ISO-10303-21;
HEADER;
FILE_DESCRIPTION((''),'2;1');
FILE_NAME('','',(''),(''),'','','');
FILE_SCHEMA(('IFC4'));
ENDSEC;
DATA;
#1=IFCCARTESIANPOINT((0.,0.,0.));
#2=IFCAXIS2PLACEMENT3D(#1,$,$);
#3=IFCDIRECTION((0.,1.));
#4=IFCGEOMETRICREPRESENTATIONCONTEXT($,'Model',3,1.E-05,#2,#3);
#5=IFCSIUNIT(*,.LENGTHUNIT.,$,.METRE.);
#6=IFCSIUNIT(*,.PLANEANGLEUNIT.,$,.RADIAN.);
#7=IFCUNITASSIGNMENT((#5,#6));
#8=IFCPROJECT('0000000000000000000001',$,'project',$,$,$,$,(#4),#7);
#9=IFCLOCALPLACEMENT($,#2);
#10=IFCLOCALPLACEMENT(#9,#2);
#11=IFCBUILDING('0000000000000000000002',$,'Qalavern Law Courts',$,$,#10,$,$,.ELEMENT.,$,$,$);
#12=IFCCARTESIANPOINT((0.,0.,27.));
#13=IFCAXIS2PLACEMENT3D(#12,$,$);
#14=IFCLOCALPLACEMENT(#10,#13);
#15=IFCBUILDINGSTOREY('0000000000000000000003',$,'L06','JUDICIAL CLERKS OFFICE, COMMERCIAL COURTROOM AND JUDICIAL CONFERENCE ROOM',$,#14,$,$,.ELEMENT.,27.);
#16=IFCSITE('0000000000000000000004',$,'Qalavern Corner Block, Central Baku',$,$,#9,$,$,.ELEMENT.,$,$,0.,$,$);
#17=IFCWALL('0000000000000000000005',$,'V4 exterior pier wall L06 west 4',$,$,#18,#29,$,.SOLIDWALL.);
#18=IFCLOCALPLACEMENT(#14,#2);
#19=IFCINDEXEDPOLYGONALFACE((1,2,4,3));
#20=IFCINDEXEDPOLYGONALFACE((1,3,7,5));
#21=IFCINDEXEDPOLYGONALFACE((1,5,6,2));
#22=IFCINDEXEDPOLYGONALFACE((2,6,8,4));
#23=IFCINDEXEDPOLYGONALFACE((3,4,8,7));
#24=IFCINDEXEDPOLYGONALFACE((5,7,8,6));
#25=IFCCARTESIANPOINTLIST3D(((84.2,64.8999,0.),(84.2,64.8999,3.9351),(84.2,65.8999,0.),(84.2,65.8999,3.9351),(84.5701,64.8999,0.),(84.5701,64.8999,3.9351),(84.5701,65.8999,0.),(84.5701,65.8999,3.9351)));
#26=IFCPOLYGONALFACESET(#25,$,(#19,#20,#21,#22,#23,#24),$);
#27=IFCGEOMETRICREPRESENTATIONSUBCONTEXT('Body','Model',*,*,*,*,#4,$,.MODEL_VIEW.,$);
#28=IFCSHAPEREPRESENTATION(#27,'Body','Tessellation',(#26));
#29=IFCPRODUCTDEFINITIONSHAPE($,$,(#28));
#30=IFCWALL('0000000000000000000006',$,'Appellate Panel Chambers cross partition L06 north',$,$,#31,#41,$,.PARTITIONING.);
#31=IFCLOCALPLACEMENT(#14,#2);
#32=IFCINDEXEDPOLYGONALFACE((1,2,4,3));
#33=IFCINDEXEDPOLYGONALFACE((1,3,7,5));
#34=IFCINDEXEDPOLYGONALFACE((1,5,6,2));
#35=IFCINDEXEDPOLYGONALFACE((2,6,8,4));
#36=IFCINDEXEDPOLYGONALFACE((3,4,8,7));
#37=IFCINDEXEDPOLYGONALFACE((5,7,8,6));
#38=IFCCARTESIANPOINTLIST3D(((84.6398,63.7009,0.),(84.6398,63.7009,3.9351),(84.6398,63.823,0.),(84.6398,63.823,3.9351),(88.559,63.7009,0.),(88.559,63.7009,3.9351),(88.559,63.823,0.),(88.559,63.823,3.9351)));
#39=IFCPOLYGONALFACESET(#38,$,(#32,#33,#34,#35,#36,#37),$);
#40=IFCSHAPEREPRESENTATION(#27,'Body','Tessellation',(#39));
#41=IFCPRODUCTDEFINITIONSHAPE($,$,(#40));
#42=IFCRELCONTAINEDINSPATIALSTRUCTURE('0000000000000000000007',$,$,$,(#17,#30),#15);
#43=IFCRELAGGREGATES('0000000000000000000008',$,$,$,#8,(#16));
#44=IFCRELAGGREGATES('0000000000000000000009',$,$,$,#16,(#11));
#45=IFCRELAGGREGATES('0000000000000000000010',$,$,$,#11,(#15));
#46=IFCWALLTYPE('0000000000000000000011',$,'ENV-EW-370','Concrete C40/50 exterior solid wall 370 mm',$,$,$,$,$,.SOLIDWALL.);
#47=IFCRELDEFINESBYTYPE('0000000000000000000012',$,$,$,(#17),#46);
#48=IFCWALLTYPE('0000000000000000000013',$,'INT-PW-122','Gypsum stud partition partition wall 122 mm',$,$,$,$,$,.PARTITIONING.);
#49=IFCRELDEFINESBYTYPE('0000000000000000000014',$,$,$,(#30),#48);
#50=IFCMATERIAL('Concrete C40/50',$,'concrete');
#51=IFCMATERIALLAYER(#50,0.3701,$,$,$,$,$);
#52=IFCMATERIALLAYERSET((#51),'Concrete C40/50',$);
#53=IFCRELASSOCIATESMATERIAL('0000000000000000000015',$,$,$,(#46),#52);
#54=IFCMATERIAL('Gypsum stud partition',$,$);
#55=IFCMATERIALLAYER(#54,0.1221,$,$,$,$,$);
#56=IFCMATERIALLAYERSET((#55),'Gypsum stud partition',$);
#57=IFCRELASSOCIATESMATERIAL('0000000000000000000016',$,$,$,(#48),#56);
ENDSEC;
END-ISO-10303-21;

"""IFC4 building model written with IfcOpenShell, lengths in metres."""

from ifc_helpers import new_model, si_unit, direction, frame, frame_2d, origin, place, context, subcontext, project, spatial, rectangle, extrude, material, layer, layer_set, type_object, element, save


model = new_model("IFC4")

# Units and contexts
model_context = context("Model", 3, precision=1e-05, world=origin(), true_north=direction((0.0, 1.0)))
body_context = subcontext(model_context, "Body", "Model", "MODEL_VIEW")
ifc_project = project(units=[si_unit("LENGTHUNIT", "METRE"), si_unit("PLANEANGLEUNIT", "RADIAN")], contexts=[model_context])

# Site, building, storey
site_placement = place(None, origin())
site = spatial("IfcSite", under=ifc_project, at=site_placement, Name="Qalavern Corner Block, Central Baku", CompositionType="ELEMENT", RefElevation=0.0)
building_placement = place(site_placement, origin())
building = spatial("IfcBuilding", under=site, at=building_placement, Name="Qalavern Law Courts", CompositionType="ELEMENT")
storey_placement = place(building_placement, frame((0.0, 0.0, 27.0)))
storey = spatial("IfcBuildingStorey", under=building, at=storey_placement, Name="L06", Description="JUDICIAL CLERKS OFFICE, COMMERCIAL COURTROOM AND JUDICIAL CONFERENCE ROOM", CompositionType="ELEMENT", Elevation=27.0)

# Shared definitions
ifc_material_1 = material(Name="Concrete C40/50", Category="concrete")

# Walls
ifc_layer_1 = layer(ifc_material_1, 0.3701)
ifc_layer_set_1 = layer_set([ifc_layer_1], Name="Concrete C40/50")
wall_type_1 = type_object("IfcWallType", Name="ENV-EW-370", Description="Concrete C40/50 exterior solid wall 370 mm", PredefinedType="SOLIDWALL", material=ifc_layer_set_1)
wall_1_placement = place(storey_placement, frame((84.385, 65.8999, 0.0), z_axis=(0.0, 0.0, 1.0), x_axis=(0.0, -1.0, 0.0)))
element("IfcWall", 1, at=wall_1_placement, inside=storey, type_object=wall_type_1, Name="V4 exterior pier wall L06 west 4", PredefinedType="SOLIDWALL", context=body_context, shape_type="SweptSolid", body=[
    extrude(rectangle(XDim=1.0, YDim=0.3701, at=frame_2d((0.5, 0.0))), origin(), (0.0, 0.0, 1.0), 3.9351),
])
ifc_material_2 = material(Name="Gypsum stud partition")
ifc_layer_2 = layer(ifc_material_2, 0.1221)
ifc_layer_set_2 = layer_set([ifc_layer_2], Name="Gypsum stud partition")
wall_type_2 = type_object("IfcWallType", Name="INT-PW-122", Description="Gypsum stud partition partition wall 122 mm", PredefinedType="PARTITIONING", material=ifc_layer_set_2)
wall_2_placement = place(storey_placement, frame((84.6399, 63.762, 0.0), z_axis=(0.0, 0.0, 1.0), x_axis=(1.0, 0.0, 0.0)))
element("IfcWall", 2, at=wall_2_placement, inside=storey, type_object=wall_type_2, Name="Appellate Panel Chambers cross partition L06 north", PredefinedType="PARTITIONING", context=body_context, shape_type="SweptSolid", body=[
    extrude(rectangle(XDim=3.9192, YDim=0.1221, at=frame_2d((1.9595, 0.0))), origin(), (0.0, 0.0, 1.0), 3.9351),
])

save(model, "model.ifc")
